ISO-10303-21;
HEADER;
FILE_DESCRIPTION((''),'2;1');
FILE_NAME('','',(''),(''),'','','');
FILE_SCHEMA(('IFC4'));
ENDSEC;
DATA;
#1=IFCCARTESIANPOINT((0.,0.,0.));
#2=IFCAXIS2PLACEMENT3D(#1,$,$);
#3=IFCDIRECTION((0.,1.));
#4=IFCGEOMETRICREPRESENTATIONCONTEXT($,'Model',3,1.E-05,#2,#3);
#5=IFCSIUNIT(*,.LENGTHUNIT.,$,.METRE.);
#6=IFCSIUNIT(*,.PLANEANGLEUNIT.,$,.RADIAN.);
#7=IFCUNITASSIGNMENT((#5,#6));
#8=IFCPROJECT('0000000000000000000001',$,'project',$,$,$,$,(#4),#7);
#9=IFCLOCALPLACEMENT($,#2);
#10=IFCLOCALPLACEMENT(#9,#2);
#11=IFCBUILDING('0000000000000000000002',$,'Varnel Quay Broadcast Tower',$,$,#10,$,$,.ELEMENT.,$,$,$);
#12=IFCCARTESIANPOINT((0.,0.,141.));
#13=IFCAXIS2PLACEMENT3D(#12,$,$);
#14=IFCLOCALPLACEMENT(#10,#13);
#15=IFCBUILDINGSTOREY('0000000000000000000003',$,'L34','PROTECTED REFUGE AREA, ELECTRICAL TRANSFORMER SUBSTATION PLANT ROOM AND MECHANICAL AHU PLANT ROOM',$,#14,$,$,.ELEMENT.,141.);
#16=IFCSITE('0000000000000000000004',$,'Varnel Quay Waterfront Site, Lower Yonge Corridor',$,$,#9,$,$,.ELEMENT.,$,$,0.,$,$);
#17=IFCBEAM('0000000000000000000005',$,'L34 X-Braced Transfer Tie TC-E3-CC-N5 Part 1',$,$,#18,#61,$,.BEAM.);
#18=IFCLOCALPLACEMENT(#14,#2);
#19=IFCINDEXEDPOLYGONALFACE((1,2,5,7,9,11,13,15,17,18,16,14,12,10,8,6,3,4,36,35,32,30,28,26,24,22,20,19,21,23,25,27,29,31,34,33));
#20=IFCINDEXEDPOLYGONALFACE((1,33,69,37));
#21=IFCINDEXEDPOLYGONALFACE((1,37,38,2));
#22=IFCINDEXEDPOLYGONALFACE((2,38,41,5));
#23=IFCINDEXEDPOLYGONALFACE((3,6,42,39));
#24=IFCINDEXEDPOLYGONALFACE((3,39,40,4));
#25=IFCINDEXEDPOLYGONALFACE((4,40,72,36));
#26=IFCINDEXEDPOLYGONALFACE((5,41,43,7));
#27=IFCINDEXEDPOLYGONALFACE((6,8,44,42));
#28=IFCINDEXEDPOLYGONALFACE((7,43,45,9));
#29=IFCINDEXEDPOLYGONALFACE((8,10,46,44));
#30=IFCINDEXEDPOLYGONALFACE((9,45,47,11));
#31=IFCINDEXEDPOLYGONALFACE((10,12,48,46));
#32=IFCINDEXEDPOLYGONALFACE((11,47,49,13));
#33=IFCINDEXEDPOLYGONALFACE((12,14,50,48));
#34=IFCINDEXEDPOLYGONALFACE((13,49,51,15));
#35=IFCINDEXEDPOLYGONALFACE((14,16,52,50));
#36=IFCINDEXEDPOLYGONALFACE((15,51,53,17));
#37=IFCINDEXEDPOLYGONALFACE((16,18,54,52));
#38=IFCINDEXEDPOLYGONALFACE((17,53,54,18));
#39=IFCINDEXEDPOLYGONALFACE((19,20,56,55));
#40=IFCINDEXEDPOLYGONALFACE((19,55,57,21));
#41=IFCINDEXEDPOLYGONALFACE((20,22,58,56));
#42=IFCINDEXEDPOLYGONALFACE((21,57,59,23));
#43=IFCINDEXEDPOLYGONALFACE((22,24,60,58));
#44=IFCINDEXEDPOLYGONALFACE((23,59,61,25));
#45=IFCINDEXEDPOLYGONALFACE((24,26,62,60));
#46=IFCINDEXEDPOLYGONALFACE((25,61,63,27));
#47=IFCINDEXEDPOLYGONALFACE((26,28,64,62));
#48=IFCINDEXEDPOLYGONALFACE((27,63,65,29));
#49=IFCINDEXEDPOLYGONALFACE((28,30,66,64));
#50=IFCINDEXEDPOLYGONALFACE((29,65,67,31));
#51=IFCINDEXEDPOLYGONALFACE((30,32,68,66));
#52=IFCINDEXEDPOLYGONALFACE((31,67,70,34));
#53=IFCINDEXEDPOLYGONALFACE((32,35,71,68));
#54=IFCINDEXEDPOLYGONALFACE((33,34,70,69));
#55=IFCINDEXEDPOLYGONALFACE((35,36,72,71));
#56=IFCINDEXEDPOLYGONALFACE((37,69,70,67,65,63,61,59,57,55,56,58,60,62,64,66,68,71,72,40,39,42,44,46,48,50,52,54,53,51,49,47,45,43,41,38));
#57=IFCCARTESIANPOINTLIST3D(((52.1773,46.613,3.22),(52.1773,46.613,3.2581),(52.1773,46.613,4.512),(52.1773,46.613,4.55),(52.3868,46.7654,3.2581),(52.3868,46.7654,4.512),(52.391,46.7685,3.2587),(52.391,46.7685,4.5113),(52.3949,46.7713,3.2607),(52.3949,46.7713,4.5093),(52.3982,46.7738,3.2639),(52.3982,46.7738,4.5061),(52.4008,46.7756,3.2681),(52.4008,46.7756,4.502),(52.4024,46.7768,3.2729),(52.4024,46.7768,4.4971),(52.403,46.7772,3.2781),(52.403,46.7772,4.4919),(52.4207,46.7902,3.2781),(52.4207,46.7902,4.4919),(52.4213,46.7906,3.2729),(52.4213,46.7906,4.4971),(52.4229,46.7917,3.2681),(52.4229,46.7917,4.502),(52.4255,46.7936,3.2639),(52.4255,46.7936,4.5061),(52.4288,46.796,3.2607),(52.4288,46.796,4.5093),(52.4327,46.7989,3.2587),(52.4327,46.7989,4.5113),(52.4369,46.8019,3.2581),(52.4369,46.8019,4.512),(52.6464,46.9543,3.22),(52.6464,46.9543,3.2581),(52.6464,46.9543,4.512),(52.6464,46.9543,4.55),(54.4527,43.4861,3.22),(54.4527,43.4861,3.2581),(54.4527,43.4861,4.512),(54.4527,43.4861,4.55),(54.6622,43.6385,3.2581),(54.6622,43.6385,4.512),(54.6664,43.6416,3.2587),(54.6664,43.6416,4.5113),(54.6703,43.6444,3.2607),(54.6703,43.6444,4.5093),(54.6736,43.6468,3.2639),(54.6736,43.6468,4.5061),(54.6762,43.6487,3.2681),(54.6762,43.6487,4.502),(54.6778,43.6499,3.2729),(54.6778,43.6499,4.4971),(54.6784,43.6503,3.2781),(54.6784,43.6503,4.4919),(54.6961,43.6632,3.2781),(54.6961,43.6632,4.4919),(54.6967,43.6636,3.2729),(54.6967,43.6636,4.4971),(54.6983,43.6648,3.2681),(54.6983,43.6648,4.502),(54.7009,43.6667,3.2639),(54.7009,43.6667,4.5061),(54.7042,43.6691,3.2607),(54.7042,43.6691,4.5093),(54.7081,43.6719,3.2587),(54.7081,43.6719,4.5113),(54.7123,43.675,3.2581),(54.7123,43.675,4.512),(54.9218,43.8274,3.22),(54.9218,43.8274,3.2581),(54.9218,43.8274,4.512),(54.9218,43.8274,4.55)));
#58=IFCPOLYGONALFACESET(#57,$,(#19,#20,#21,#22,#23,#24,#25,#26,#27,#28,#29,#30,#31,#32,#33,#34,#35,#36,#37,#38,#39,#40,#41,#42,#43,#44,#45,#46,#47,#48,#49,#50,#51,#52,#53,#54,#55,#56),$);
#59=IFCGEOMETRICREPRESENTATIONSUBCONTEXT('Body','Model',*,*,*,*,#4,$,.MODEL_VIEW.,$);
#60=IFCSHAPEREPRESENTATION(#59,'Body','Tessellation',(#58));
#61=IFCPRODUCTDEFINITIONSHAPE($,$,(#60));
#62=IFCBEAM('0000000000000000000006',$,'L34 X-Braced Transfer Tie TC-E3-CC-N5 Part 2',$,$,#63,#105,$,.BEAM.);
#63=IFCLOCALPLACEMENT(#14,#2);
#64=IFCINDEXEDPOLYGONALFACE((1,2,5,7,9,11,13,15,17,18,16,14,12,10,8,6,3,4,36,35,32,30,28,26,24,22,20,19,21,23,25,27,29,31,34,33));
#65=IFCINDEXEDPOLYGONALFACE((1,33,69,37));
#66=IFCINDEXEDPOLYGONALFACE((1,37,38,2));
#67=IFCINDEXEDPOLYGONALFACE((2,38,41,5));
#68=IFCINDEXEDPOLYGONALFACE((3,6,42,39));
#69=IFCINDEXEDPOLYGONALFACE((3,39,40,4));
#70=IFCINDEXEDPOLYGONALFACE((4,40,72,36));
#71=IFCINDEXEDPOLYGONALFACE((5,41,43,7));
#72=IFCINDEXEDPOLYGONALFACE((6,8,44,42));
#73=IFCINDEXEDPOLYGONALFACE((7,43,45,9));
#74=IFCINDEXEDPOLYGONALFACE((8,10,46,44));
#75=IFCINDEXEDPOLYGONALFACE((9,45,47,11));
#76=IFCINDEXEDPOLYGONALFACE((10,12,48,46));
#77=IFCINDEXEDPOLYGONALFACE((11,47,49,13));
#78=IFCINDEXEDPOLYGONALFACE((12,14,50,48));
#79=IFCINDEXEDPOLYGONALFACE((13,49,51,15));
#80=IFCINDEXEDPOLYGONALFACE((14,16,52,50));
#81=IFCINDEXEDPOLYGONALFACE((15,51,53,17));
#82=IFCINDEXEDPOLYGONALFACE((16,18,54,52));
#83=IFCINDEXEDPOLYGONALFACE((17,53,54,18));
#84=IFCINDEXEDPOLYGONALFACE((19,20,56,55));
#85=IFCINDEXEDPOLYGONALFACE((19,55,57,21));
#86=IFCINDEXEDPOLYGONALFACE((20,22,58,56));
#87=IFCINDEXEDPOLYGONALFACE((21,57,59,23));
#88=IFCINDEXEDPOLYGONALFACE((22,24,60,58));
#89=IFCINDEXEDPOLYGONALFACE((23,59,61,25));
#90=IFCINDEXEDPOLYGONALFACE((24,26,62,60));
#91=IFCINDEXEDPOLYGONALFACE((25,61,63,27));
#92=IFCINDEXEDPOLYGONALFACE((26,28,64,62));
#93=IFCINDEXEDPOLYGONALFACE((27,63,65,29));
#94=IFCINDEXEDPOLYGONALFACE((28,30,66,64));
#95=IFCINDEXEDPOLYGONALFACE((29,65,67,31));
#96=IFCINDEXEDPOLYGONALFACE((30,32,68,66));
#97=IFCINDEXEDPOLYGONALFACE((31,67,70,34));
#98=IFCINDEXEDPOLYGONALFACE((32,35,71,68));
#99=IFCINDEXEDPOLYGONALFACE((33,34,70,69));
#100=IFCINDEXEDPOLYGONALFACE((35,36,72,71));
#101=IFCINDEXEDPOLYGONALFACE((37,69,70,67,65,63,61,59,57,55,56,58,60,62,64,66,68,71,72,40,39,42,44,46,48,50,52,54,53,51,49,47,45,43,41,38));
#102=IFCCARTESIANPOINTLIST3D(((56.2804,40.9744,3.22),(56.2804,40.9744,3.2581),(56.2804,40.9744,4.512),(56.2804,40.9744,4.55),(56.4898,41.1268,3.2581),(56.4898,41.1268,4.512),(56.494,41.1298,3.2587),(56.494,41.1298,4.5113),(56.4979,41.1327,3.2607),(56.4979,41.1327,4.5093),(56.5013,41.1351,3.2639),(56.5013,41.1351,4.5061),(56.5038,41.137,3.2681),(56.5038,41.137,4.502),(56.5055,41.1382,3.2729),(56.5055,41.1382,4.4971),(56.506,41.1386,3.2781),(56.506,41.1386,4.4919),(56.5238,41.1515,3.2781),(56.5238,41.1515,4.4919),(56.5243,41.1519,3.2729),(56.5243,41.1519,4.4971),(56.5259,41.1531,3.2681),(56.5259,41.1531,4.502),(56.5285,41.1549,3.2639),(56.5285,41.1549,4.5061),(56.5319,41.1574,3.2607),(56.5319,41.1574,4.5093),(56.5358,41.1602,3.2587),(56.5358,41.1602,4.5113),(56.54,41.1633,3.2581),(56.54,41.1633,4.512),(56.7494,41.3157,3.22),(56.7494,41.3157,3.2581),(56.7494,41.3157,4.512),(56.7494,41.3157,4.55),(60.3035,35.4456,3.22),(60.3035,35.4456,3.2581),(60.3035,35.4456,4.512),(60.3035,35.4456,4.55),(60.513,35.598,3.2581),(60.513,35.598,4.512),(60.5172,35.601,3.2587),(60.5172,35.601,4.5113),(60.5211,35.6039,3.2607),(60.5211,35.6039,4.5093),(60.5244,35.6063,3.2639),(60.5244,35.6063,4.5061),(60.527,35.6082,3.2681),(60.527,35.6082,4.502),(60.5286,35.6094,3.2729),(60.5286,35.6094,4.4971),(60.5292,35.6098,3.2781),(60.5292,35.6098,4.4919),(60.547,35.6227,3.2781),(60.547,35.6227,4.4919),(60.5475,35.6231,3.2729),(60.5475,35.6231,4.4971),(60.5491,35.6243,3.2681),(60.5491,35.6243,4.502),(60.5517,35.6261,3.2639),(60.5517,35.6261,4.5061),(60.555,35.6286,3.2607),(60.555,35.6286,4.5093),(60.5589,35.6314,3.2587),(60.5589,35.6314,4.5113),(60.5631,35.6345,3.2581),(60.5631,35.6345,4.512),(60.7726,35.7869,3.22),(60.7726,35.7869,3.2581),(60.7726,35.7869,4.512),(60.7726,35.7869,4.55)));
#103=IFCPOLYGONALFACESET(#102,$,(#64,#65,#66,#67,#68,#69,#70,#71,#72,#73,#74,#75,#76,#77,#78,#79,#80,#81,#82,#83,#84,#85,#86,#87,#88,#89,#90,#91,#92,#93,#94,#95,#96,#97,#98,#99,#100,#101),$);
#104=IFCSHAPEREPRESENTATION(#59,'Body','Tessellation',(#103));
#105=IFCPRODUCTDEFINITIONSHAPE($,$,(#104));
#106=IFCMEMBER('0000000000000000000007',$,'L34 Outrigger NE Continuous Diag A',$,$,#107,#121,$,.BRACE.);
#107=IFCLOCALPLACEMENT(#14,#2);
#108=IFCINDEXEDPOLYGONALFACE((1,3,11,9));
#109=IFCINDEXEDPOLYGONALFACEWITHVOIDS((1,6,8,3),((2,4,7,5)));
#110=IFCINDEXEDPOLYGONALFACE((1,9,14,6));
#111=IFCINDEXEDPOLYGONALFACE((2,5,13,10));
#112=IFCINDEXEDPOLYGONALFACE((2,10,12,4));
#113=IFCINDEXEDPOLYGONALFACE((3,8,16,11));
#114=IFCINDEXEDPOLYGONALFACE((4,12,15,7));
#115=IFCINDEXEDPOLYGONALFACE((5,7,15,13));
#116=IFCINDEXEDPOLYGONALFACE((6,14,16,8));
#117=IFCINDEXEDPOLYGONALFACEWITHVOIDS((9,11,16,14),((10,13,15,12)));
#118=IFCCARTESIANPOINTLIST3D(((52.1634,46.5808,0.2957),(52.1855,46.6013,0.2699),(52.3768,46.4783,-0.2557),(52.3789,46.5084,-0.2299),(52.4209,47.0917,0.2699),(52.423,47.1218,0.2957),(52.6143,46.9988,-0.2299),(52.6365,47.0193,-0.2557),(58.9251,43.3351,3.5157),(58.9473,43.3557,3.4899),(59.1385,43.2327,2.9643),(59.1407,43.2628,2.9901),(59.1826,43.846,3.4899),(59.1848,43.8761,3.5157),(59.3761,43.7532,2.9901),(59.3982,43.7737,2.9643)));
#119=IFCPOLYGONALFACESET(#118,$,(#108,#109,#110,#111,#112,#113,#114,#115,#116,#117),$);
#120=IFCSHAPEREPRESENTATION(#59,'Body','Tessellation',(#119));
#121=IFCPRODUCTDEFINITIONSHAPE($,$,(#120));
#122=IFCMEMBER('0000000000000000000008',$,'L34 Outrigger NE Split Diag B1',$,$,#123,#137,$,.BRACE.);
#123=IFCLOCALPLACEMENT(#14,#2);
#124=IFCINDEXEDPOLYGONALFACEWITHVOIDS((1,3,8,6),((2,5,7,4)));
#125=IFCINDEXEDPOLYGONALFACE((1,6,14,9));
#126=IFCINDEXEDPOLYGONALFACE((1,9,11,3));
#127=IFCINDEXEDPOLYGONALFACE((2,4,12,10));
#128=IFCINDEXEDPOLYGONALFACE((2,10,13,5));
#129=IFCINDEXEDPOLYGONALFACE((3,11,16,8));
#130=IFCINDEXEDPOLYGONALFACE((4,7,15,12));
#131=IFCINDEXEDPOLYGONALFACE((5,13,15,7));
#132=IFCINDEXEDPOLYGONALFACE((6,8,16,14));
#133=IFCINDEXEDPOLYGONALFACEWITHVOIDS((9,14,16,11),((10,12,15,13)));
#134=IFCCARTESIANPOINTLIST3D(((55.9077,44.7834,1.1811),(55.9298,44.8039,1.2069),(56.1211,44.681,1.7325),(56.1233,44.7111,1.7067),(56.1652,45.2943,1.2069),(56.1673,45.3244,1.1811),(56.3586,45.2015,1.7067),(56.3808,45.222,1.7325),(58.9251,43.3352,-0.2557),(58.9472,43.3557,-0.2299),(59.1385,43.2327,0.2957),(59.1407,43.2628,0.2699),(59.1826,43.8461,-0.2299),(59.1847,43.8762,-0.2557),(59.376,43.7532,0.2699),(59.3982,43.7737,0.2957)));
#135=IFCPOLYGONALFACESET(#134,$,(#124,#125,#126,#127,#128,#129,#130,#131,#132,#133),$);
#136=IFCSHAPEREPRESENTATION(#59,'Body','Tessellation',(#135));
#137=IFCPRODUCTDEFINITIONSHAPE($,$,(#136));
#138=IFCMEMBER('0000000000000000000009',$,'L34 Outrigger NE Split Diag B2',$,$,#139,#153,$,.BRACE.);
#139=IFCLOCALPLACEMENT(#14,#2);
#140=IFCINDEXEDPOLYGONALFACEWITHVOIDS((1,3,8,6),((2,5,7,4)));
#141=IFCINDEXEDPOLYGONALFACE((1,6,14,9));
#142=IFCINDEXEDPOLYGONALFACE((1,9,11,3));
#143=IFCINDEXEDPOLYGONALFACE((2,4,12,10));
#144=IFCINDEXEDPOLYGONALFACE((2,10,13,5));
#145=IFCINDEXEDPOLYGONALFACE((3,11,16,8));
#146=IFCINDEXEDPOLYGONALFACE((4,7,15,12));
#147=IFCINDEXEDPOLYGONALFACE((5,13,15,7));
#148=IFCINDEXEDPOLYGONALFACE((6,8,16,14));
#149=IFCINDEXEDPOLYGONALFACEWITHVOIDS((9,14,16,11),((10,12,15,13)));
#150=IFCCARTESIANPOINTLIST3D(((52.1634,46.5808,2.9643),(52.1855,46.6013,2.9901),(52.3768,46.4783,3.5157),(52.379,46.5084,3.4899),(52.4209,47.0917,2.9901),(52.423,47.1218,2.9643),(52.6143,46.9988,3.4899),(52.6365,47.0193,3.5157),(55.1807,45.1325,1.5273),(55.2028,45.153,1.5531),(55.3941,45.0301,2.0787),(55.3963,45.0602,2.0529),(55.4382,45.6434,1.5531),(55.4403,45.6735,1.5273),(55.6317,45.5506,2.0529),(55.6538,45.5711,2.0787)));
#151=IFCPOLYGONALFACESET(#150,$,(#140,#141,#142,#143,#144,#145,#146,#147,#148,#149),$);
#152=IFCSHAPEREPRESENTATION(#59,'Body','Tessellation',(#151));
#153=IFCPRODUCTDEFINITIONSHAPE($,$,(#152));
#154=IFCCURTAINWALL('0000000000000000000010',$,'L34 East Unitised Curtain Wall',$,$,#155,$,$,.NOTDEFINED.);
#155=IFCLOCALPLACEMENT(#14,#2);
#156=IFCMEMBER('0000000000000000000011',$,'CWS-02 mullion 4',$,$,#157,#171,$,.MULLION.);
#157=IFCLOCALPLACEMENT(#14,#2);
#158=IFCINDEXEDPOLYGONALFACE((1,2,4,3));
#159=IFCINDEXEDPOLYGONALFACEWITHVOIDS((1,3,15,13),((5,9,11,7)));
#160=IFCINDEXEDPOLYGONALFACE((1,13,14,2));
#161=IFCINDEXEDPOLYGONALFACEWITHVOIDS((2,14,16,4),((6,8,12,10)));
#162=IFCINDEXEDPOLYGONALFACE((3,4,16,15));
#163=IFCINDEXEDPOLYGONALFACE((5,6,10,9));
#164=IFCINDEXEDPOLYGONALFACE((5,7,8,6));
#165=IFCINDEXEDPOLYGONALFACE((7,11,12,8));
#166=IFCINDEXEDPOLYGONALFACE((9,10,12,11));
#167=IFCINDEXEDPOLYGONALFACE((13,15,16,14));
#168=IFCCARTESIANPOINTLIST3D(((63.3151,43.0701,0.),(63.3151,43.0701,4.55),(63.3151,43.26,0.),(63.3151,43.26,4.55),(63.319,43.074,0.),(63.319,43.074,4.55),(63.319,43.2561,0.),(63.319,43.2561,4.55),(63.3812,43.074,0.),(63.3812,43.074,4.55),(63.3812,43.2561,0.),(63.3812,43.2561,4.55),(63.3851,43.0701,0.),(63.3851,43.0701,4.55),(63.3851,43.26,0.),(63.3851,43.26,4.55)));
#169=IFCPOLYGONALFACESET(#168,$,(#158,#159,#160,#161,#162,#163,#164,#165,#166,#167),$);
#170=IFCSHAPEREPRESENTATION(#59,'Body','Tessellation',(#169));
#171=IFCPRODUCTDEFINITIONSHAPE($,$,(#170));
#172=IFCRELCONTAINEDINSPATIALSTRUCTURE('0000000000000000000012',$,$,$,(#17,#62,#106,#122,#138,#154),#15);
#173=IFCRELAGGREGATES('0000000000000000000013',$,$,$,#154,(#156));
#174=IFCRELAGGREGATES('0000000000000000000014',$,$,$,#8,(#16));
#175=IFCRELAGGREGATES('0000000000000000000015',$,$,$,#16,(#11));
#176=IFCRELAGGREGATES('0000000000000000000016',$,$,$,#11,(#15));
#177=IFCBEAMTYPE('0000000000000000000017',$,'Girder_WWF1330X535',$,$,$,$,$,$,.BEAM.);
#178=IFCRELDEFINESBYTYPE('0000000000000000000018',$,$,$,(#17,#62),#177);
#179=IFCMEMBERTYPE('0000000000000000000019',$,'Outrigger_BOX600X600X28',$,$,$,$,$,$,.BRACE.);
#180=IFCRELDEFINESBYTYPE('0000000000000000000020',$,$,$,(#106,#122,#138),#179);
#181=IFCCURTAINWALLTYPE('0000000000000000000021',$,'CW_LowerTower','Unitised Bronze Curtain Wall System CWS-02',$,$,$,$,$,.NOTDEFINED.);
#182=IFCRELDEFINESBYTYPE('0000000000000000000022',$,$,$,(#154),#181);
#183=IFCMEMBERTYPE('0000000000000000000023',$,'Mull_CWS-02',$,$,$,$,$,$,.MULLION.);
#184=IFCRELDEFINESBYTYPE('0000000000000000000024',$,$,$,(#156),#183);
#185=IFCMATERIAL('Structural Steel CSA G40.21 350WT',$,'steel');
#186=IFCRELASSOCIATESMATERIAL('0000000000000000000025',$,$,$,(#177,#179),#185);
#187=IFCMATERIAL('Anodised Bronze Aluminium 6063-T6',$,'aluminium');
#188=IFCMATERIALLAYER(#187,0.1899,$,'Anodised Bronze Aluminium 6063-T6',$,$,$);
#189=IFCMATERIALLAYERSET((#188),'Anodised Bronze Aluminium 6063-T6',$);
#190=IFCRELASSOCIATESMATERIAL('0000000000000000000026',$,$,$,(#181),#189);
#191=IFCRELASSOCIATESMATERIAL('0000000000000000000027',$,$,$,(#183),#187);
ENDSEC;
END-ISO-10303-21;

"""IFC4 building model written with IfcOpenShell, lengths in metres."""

from ifc_helpers import new_model, si_unit, direction, frame, origin, origin_2d, place, context, subcontext, project, spatial, hollow_rectangle, i_section, extrude, source, transform, mapped, material, layer, layer_set, material_profile, profile_set, type_object, type_shapes, element, aggregate, save


model = new_model("IFC4")

# Units and contexts
model_context = context("Model", 3, precision=1e-05, world=origin(), true_north=direction((0.0, 1.0)))
body_context = subcontext(model_context, "Body", "Model", "MODEL_VIEW")
ifc_project = project(units=[si_unit("LENGTHUNIT", "METRE"), si_unit("PLANEANGLEUNIT", "RADIAN")], contexts=[model_context])

# Site, building, storey
site_placement = place(None, origin())
site = spatial("IfcSite", under=ifc_project, at=site_placement, Name="Varnel Quay Waterfront Site, Lower Yonge Corridor", CompositionType="ELEMENT", RefElevation=0.0)
building_placement = place(site_placement, origin())
building = spatial("IfcBuilding", under=site, at=building_placement, Name="Varnel Quay Broadcast Tower", CompositionType="ELEMENT")
storey_placement = place(building_placement, frame((0.0, 0.0, 141.0)))
storey = spatial("IfcBuildingStorey", under=building, at=storey_placement, Name="L34", Description="PROTECTED REFUGE AREA, ELECTRICAL TRANSFORMER SUBSTATION PLANT ROOM AND MECHANICAL AHU PLANT ROOM", CompositionType="ELEMENT", Elevation=141.0)

# Shared definitions
ifc_material_1 = material(Name="Structural Steel CSA G40.21 350WT", Category="steel")

# Beams
ifc_material_profile_1 = material_profile(ifc_material_1, i_section(OverallWidth=0.5801, OverallDepth=1.3301, WebThickness=0.022, FlangeThickness=0.0381, FilletRadius=0.02, at=origin_2d()), Name="WWF1330X535")
ifc_profile_set_1 = profile_set([ifc_material_profile_1], Name="Structural Steel CSA G40.21 350WT")
beam_type = type_object("IfcBeamType", Name="Girder_WWF1330X535", PredefinedType="BEAM", material=ifc_profile_set_1)
shared_shape_1 = source(origin(), body_context, "Body", "SweptSolid", [
    extrude(i_section(OverallWidth=0.5801, OverallDepth=1.3301, WebThickness=0.022, FlangeThickness=0.0381, FilletRadius=0.02, at=origin_2d()), origin(), (0.0, 0.0, 1.0), 3.8672),
])
beam_1_placement = place(storey_placement, frame((52.4119, 46.7837, 3.885), z_axis=(0.588382, -0.808583, 0.0), x_axis=(0.808583, 0.588382, 0.0)))
element("IfcBeam", 1, at=beam_1_placement, inside=storey, type_object=beam_type, Name="L34 X-Braced Transfer Tie TC-E3-CC-N5 Part 1", PredefinedType="BEAM", context=body_context, shape_type="MappedRepresentation", body=[
    mapped(shared_shape_1, transform((0.0, 0.0, 0.0), x_axis=(1.0, 0.0, 0.0), y_axis=(0.0, 1.0, 0.0), z_axis=(0.0, 0.0, 1.0), scale=1.0)),
])
shared_shape_2 = source(origin(), body_context, "Body", "SweptSolid", [
    extrude(i_section(OverallWidth=0.5801, OverallDepth=1.3301, WebThickness=0.022, FlangeThickness=0.0381, FilletRadius=0.02, at=origin_2d()), origin(), (0.0, 0.0, 1.0), 6.8376),
])
beam_2_placement = place(storey_placement, frame((56.5149, 41.145, 3.885), z_axis=(0.588386, -0.80858, 0.0), x_axis=(0.80858, 0.588386, 0.0)))
element("IfcBeam", 2, at=beam_2_placement, inside=storey, type_object=beam_type, Name="L34 X-Braced Transfer Tie TC-E3-CC-N5 Part 2", PredefinedType="BEAM", context=body_context, shape_type="MappedRepresentation", body=[
    mapped(shared_shape_2, transform((0.0, 0.0, 0.0), x_axis=(1.0, 0.0, 0.0), y_axis=(0.0, 1.0, 0.0), z_axis=(0.0, 0.0, 1.0), scale=1.0)),
])

# Members
ifc_material_profile_2 = material_profile(ifc_material_1, hollow_rectangle(XDim=0.6001, YDim=0.6001, WallThickness=0.0281, at=origin_2d()), Name="BOX600X600X28")
ifc_profile_set_2 = profile_set([ifc_material_profile_2], Name="Structural Steel CSA G40.21 350WT")
member_type_1 = type_object("IfcMemberType", Name="Outrigger_BOX600X600X28", PredefinedType="BRACE", material=ifc_profile_set_2)
shared_shape_3 = source(origin(), body_context, "Body", "SweptSolid", [
    extrude(hollow_rectangle(XDim=0.6001, YDim=0.6001, WallThickness=0.0281, at=origin_2d()), origin(), (0.0, 0.0, 1.0), 8.1624),
])
member_1_placement = place(storey_placement, frame((52.3999, 46.8, 0.02), z_axis=(0.828409, -0.397634, 0.394493), x_axis=(0.432729, 0.901524, 0.0)))
element("IfcMember", 3, at=member_1_placement, inside=storey, type_object=member_type_1, Name="L34 Outrigger NE Continuous Diag A", PredefinedType="BRACE", context=body_context, shape_type="MappedRepresentation", body=[
    mapped(shared_shape_3, transform((0.0, 0.0, 0.0), x_axis=(1.0, 0.0, 0.0), y_axis=(0.0, 1.0, 0.0), z_axis=(0.0, 0.0, 1.0), scale=1.0)),
])
shared_shape_4 = source(origin(), body_context, "Body", "SweptSolid", [
    extrude(hollow_rectangle(XDim=0.6001, YDim=0.6001, WallThickness=0.0281, at=origin_2d()), origin(), (0.0, 0.0, 1.0), 3.6423),
])
type_shapes(member_type_1, [shared_shape_3, shared_shape_4])
for number, where, z_axis, x_axis, name in (
    (4, (59.1616, 43.5544, 0.02), (-0.828425, 0.397623, 0.394472), (-0.432712, -0.901532, 0.0), "L34 Outrigger NE Split Diag B1"),
    (5, (55.4172, 45.3518, 1.803), (-0.828403, 0.397612, 0.394529), (-0.432712, -0.901532, 0.0), "L34 Outrigger NE Split Diag B2"),
):
    element("IfcMember", number, at=place(storey_placement, frame(where, z_axis=z_axis, x_axis=x_axis)), inside=storey, type_object=member_type_1, Name=name, PredefinedType="BRACE", context=body_context, shape_type="MappedRepresentation", body=[
        mapped(shared_shape_4, transform((0.0, 0.0, 0.0), x_axis=(1.0, 0.0, 0.0), y_axis=(0.0, 1.0, 0.0), z_axis=(0.0, 0.0, 1.0), scale=1.0)),
    ])

# Curtain wall, member
ifc_material_2 = material(Name="Anodised Bronze Aluminium 6063-T6", Category="aluminium")
ifc_layer_1 = layer(ifc_material_2, 0.1899, Name="Anodised Bronze Aluminium 6063-T6")
ifc_layer_set_1 = layer_set([ifc_layer_1], Name="Anodised Bronze Aluminium 6063-T6")
curtain_wall_type_1 = type_object("IfcCurtainWallType", Name="CW_LowerTower", Description="Unitised Bronze Curtain Wall System CWS-02", PredefinedType="NOTDEFINED", material=ifc_layer_set_1)
curtain_wall_1_placement = place(storey_placement, origin())
curtain_wall_1 = element("IfcCurtainWall", 6, at=curtain_wall_1_placement, inside=storey, type_object=curtain_wall_type_1, Name="L34 East Unitised Curtain Wall", PredefinedType="NOTDEFINED")
ifc_material_profile_3 = material_profile(ifc_material_2, hollow_rectangle(XDim=0.0701, YDim=0.1899, WallThickness=0.0039, at=origin_2d()), Name="ALU70X190X4")
ifc_profile_set_3 = profile_set([ifc_material_profile_3], Name="Anodised Bronze Aluminium 6063-T6")
member_type_2 = type_object("IfcMemberType", Name="Mull_CWS-02", PredefinedType="MULLION", material=ifc_profile_set_3)
shared_shape_5 = source(origin(), body_context, "Body", "SweptSolid", [
    extrude(hollow_rectangle(XDim=0.0701, YDim=0.1899, WallThickness=0.0039, at=origin_2d()), origin(), (0.0, 0.0, 1.0), 4.55),
])
type_shapes(member_type_2, [shared_shape_5])
member_2_placement = place(storey_placement, frame((63.3501, 43.165, 0.0), z_axis=(0.0, 0.0, 1.0), x_axis=(-1.0, 0.0, 0.0)))
member_2 = element("IfcMember", 7, at=member_2_placement, type_object=member_type_2, Name="CWS-02 mullion 4", PredefinedType="MULLION", context=body_context, shape_type="MappedRepresentation", body=[
    mapped(shared_shape_5, transform((0.0, 0.0, 0.0), x_axis=(1.0, 0.0, 0.0), y_axis=(0.0, 1.0, 0.0), z_axis=(0.0, 0.0, 1.0), scale=1.0)),
])
aggregate(curtain_wall_1, [member_2])

save(model, "model.ifc")
